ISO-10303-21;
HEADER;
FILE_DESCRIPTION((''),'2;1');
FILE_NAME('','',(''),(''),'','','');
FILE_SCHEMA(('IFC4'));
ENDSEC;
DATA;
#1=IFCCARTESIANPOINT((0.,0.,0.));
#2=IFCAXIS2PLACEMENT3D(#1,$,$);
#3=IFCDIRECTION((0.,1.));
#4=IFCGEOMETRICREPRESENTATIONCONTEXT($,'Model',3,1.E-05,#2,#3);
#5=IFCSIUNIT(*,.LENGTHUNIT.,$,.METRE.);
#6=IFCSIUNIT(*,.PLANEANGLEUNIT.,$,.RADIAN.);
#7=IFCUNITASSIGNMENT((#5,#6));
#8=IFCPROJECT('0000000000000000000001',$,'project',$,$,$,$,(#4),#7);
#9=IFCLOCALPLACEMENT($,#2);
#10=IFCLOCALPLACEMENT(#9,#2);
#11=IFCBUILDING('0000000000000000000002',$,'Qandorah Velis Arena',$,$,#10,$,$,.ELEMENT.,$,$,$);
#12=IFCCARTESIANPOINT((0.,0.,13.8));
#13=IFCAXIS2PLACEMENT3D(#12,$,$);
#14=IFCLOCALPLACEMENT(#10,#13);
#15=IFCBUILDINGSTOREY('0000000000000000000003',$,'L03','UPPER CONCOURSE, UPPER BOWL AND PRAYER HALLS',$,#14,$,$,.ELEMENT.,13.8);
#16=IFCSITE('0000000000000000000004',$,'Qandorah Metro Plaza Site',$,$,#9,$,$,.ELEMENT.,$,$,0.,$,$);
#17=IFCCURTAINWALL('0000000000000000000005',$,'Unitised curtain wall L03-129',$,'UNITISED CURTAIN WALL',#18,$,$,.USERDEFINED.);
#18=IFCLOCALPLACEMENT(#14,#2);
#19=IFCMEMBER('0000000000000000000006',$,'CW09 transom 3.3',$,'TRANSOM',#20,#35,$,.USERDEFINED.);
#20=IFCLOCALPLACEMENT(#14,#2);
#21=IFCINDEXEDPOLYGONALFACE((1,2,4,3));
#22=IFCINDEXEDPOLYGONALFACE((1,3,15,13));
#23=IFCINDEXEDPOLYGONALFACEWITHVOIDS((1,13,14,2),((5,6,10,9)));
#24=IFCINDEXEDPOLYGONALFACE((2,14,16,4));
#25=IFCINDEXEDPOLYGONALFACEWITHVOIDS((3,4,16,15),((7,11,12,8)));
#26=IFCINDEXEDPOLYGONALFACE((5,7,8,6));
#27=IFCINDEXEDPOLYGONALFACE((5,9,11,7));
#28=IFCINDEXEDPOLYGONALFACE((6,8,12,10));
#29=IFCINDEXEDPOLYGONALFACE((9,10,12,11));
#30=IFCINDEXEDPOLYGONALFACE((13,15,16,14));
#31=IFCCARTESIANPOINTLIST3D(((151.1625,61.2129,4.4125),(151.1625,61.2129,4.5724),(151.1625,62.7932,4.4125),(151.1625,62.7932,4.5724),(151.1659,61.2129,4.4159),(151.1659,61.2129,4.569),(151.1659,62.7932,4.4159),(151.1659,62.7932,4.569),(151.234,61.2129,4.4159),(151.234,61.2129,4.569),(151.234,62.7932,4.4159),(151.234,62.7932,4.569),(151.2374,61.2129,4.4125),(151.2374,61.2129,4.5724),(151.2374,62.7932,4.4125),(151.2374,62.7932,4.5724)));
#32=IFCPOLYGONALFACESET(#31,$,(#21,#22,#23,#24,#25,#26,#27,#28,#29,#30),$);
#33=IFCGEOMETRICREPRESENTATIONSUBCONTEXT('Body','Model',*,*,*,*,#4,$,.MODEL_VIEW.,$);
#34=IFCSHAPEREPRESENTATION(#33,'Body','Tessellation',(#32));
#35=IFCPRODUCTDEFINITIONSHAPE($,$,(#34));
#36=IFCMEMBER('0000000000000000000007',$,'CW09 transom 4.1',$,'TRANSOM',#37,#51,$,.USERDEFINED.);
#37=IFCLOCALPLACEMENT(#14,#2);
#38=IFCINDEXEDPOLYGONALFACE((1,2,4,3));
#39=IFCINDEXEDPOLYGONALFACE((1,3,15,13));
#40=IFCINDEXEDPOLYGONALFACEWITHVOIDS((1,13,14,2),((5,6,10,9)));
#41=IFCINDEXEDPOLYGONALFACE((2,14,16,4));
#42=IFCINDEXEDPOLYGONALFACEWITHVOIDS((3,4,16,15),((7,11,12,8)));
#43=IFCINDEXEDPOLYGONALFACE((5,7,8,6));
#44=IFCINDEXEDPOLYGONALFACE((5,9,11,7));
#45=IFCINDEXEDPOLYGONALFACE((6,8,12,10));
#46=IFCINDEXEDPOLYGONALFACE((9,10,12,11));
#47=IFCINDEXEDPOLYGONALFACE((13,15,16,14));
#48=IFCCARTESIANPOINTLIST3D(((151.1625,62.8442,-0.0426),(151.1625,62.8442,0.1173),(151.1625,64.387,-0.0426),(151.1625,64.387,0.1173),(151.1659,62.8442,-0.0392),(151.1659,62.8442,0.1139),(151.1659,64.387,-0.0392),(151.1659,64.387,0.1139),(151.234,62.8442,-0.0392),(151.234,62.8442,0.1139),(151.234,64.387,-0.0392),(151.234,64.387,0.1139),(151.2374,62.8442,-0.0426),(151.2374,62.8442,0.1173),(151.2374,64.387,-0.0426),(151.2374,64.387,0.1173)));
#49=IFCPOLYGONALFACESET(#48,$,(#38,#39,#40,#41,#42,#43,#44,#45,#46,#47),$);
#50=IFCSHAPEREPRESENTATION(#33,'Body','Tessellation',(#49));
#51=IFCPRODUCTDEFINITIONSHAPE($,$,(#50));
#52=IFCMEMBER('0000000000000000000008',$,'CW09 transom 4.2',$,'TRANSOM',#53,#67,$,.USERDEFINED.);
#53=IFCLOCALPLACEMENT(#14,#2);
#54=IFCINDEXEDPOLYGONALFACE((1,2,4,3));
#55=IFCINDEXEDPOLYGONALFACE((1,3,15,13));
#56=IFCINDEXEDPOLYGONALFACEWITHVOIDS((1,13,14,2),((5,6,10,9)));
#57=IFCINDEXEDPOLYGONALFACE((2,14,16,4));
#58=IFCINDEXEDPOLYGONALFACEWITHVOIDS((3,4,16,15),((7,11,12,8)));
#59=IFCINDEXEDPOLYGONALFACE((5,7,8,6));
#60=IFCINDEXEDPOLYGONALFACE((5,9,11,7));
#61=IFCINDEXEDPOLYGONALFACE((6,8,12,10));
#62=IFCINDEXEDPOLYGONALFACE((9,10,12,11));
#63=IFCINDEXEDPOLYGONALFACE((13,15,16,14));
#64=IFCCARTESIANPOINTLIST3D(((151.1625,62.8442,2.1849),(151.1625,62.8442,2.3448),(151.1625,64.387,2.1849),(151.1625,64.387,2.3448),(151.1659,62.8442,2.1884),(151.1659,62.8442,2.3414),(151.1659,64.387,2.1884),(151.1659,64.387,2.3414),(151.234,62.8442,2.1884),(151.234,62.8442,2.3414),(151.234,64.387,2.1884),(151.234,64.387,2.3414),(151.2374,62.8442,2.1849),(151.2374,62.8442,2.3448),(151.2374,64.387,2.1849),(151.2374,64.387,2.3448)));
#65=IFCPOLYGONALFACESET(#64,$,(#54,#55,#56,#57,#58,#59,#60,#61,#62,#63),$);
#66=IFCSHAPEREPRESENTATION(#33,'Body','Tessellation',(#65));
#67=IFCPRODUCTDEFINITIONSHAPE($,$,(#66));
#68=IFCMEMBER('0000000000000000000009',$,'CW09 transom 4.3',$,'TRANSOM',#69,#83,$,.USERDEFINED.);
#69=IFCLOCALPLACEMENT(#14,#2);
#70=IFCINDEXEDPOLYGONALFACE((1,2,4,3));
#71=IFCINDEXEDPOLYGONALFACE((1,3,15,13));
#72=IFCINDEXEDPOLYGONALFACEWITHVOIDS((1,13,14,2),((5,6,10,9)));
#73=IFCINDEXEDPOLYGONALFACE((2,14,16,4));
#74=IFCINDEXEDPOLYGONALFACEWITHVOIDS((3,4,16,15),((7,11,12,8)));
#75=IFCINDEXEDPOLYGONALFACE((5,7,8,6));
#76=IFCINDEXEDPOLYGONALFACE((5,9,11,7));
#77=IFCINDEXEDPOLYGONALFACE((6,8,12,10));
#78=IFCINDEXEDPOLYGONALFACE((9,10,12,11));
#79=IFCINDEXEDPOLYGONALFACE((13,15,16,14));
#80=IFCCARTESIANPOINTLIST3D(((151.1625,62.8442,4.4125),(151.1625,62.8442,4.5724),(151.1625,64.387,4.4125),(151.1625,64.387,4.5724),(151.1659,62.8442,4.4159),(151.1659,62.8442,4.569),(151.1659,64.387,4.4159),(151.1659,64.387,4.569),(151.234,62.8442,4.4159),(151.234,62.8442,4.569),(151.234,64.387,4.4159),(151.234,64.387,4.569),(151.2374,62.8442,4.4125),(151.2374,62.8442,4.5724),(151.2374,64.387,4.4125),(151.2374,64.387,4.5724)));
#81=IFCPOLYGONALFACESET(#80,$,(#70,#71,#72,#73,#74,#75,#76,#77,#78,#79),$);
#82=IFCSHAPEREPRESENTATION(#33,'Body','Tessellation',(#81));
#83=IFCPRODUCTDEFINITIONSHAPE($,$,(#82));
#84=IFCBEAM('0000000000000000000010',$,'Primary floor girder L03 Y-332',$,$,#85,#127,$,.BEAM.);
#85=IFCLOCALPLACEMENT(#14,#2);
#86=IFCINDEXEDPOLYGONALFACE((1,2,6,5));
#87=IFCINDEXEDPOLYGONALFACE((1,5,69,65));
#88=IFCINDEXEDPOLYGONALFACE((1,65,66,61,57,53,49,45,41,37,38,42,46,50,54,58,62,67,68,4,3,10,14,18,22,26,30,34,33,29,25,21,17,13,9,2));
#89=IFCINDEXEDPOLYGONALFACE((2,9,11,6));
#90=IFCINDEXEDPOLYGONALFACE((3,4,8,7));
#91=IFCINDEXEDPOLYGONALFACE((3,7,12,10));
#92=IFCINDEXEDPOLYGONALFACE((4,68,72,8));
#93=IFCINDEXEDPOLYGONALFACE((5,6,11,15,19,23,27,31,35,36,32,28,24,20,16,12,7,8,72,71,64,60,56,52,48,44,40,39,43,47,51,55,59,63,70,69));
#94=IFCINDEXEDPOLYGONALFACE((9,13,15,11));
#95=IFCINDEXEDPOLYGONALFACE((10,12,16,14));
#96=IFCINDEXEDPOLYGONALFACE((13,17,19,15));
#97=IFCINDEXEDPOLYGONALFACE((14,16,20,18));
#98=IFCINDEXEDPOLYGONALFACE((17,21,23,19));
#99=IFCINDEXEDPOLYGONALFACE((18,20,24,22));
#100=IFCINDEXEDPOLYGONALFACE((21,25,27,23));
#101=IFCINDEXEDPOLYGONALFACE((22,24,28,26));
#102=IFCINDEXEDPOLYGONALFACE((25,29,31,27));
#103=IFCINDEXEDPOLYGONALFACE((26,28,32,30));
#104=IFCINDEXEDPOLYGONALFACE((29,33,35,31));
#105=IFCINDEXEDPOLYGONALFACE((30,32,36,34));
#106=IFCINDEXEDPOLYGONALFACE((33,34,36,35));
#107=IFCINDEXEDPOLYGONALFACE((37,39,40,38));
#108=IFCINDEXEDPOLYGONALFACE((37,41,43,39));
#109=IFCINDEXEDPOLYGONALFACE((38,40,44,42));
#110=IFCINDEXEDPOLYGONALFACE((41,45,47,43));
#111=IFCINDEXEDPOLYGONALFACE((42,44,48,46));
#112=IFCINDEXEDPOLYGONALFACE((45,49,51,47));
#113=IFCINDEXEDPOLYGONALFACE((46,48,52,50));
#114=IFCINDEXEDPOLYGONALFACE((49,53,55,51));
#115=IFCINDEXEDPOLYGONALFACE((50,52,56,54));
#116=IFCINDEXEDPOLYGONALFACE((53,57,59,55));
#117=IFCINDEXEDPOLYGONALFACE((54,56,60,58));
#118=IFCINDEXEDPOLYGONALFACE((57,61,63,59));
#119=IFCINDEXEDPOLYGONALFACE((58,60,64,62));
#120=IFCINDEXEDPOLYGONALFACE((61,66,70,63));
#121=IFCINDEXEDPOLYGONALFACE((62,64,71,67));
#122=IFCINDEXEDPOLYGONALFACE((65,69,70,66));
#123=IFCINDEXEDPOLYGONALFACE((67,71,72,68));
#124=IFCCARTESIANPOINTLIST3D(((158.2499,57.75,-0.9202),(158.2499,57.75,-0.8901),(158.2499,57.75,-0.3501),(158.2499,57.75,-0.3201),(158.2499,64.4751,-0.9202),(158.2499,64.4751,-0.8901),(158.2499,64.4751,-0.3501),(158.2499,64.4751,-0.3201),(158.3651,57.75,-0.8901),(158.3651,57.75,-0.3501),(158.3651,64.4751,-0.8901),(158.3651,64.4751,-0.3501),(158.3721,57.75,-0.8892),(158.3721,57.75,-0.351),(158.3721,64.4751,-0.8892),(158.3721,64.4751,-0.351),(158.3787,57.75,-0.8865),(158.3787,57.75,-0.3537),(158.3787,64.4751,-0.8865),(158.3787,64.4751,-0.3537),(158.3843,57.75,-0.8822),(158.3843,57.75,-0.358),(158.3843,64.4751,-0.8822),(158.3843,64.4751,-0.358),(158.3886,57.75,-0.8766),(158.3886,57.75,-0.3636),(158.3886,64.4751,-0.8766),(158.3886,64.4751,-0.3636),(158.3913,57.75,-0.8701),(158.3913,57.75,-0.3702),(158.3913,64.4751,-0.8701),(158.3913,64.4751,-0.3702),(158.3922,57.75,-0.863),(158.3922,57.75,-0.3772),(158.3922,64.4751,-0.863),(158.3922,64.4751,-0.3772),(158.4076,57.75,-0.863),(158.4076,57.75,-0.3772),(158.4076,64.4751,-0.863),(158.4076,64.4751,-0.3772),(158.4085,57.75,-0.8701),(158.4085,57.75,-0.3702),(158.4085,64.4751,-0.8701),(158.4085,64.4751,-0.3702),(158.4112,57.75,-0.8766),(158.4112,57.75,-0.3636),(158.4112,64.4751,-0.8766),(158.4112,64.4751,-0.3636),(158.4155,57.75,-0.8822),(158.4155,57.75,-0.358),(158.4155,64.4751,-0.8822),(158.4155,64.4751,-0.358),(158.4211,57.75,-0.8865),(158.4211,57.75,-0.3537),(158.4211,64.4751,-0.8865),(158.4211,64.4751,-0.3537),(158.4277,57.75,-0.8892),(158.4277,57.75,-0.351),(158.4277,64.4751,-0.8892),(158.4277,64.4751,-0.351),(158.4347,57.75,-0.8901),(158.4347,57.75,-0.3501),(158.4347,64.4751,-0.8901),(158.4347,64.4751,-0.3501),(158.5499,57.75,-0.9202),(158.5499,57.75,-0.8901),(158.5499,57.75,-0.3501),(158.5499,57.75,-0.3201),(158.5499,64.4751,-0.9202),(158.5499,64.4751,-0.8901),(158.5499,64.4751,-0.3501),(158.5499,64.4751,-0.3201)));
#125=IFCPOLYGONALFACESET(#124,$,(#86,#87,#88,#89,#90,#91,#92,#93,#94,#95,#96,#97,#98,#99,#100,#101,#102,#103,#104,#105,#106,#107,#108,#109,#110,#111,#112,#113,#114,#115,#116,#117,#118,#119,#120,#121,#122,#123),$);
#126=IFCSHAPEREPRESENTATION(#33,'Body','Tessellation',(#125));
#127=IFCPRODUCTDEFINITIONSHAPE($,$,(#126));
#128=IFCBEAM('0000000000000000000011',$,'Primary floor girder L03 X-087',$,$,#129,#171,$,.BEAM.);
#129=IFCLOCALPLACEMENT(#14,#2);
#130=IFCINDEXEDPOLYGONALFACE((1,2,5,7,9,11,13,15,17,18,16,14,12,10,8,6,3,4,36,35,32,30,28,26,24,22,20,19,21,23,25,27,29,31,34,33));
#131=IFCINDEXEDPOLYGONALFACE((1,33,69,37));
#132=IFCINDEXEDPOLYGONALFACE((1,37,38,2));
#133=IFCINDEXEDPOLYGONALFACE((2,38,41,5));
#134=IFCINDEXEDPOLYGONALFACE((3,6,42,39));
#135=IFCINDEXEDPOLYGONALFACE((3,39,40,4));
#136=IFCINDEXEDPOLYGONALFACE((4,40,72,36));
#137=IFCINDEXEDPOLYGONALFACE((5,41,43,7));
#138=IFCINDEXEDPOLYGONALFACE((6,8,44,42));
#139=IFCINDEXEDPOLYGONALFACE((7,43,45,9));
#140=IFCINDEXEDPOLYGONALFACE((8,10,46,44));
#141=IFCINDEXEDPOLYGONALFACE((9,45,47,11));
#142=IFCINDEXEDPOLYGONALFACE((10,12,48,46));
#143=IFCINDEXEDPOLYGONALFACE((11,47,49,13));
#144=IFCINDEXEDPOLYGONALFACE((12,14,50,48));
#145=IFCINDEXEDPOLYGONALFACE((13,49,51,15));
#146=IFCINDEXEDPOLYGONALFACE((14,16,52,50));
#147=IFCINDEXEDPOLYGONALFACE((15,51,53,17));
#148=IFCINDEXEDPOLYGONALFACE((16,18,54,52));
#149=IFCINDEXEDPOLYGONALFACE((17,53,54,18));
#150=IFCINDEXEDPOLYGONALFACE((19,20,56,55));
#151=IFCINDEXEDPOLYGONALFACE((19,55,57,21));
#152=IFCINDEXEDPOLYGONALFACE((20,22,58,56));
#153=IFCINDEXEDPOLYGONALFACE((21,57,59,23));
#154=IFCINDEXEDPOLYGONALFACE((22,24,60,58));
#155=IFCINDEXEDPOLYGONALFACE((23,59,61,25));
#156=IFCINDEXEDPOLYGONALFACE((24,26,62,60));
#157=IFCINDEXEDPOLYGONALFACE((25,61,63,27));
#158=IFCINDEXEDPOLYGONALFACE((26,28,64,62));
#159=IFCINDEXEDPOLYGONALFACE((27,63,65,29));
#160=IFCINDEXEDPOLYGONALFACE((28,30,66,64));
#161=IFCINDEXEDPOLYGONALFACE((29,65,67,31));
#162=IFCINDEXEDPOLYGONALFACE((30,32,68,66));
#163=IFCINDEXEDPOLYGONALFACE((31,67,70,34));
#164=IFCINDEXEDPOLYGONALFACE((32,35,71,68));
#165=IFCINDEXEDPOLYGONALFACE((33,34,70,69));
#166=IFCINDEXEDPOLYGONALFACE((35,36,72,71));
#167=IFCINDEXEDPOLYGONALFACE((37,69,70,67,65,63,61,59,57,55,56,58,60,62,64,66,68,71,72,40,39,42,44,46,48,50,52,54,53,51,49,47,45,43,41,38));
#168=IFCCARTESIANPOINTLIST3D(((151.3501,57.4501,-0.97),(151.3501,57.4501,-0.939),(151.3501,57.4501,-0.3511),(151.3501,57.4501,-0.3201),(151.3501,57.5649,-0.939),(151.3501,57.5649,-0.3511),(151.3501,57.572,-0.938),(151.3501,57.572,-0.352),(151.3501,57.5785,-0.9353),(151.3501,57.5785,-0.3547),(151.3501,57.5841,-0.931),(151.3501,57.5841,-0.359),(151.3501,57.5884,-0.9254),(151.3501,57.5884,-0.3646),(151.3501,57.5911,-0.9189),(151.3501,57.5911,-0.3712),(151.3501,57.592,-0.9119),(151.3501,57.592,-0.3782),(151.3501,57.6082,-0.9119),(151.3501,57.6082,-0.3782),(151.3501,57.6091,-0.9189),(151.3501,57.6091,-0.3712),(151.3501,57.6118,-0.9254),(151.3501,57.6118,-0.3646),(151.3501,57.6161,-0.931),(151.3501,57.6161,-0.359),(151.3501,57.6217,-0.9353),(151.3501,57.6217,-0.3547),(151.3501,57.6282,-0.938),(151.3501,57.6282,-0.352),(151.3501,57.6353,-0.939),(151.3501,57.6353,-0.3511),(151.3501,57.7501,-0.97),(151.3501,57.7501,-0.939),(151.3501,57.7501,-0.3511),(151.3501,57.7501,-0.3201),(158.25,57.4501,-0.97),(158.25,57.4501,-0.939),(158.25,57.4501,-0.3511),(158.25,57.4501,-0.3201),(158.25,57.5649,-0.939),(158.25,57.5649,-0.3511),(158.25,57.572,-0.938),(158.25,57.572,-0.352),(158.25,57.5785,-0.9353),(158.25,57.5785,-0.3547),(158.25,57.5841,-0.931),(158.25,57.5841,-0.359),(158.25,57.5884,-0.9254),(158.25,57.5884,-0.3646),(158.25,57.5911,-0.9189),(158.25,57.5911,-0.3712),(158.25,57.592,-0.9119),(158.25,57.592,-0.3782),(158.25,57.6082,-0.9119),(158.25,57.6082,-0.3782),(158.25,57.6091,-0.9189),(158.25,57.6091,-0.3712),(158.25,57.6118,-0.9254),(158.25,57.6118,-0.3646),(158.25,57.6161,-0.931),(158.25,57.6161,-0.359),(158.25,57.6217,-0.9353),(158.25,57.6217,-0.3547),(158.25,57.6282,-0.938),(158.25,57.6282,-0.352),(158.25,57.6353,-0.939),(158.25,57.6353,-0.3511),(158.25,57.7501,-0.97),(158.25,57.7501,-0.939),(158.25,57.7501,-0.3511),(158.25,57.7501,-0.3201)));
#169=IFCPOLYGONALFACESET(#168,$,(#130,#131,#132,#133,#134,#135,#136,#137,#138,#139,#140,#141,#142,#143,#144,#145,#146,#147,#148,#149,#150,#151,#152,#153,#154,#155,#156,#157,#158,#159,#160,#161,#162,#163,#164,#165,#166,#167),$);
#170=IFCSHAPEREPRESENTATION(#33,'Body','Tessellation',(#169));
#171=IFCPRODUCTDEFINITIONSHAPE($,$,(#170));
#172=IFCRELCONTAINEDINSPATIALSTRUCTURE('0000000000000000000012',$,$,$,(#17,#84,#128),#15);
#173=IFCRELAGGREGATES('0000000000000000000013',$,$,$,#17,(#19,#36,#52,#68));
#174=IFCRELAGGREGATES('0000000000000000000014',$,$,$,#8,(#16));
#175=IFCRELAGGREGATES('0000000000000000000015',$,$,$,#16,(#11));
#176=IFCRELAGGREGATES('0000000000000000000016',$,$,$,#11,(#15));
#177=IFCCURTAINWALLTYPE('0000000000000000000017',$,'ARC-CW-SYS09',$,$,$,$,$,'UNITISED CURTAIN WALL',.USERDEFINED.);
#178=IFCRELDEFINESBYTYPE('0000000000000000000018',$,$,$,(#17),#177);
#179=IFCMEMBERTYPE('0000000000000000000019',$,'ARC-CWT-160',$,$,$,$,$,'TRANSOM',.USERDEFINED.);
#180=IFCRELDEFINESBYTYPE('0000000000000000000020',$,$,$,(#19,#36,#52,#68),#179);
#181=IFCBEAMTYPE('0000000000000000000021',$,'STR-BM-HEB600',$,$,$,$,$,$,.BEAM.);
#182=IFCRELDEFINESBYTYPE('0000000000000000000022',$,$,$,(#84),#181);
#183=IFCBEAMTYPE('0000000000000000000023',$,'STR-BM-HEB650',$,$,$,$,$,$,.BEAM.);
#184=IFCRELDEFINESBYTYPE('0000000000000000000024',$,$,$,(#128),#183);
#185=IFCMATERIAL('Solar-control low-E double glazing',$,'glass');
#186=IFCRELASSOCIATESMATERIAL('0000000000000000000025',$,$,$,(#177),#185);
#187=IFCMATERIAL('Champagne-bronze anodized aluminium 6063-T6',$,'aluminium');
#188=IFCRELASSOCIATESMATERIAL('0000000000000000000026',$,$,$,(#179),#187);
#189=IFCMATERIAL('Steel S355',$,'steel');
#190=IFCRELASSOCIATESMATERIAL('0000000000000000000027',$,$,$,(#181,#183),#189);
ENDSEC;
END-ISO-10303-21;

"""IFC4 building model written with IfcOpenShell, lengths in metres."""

from ifc_helpers import new_model, si_unit, direction, frame, origin, origin_2d, place, context, subcontext, project, spatial, hollow_rectangle, i_section, extrude, material, material_profile, profile_set, type_object, element, aggregate, save


model = new_model("IFC4")

# Units and contexts
model_context = context("Model", 3, precision=1e-05, world=origin(), true_north=direction((0.0, 1.0)))
body_context = subcontext(model_context, "Body", "Model", "MODEL_VIEW")
ifc_project = project(units=[si_unit("LENGTHUNIT", "METRE"), si_unit("PLANEANGLEUNIT", "RADIAN")], contexts=[model_context])

# Site, building, storey
site_placement = place(None, origin())
site = spatial("IfcSite", under=ifc_project, at=site_placement, Name="Qandorah Metro Plaza Site", CompositionType="ELEMENT", RefElevation=0.0)
building_placement = place(site_placement, origin())
building = spatial("IfcBuilding", under=site, at=building_placement, Name="Qandorah Velis Arena", CompositionType="ELEMENT")
storey_placement = place(building_placement, frame((0.0, 0.0, 13.8)))
storey = spatial("IfcBuildingStorey", under=building, at=storey_placement, Name="L03", Description="UPPER CONCOURSE, UPPER BOWL AND PRAYER HALLS", CompositionType="ELEMENT", Elevation=13.8)

# Curtain wall, members
ifc_material_1 = material(Name="Solar-control low-E double glazing", Category="glass")
curtain_wall_type = type_object("IfcCurtainWallType", Name="ARC-CW-SYS09", ElementType="UNITISED CURTAIN WALL", PredefinedType="USERDEFINED", material=ifc_material_1)
curtain_wall_placement = place(storey_placement, origin())
curtain_wall = element("IfcCurtainWall", 1, at=curtain_wall_placement, inside=storey, type_object=curtain_wall_type, Name="Unitised curtain wall L03-129", ObjectType="UNITISED CURTAIN WALL", PredefinedType="USERDEFINED")
ifc_material_2 = material(Name="Champagne-bronze anodized aluminium 6063-T6", Category="aluminium")
ifc_material_profile_1 = material_profile(ifc_material_2, hollow_rectangle(XDim=0.075, YDim=0.1599, WallThickness=0.0034, at=origin_2d()), Name="ALU TRANSOM 75x160")
ifc_profile_set_1 = profile_set([ifc_material_profile_1], Name="Champagne-bronze anodized aluminium 6063-T6")
member_type_1 = type_object("IfcMemberType", Name="ARC-CWT-160", ElementType="TRANSOM", PredefinedType="USERDEFINED", material=ifc_profile_set_1)
member_1_placement = place(storey_placement, frame((151.2, 61.2129, 4.4924), z_axis=(0.0, 1.0, 0.0), x_axis=(-1.0, 0.0, 0.0)))
member_1 = element("IfcMember", 2, at=member_1_placement, type_object=member_type_1, Name="CW09 transom 3.3", ObjectType="TRANSOM", PredefinedType="USERDEFINED", context=body_context, shape_type="SweptSolid", body=[
    extrude(hollow_rectangle(XDim=0.075, YDim=0.1599, WallThickness=0.0034, at=origin_2d()), origin(), (0.0, 0.0, 1.0), 1.5803),
])
member_2_placement = place(storey_placement, frame((151.2, 62.8442, 0.0374), z_axis=(0.0, 1.0, 0.0), x_axis=(-1.0, 0.0, 0.0)))
member_2 = element("IfcMember", 3, at=member_2_placement, type_object=member_type_1, Name="CW09 transom 4.1", ObjectType="TRANSOM", PredefinedType="USERDEFINED", context=body_context, shape_type="SweptSolid", body=[
    extrude(hollow_rectangle(XDim=0.075, YDim=0.1599, WallThickness=0.0034, at=origin_2d()), origin(), (0.0, 0.0, 1.0), 1.5427),
])
member_3_placement = place(storey_placement, frame((151.2, 62.8442, 2.2649), z_axis=(0.0, 1.0, 0.0), x_axis=(-1.0, 0.0, 0.0)))
member_3 = element("IfcMember", 4, at=member_3_placement, type_object=member_type_1, Name="CW09 transom 4.2", ObjectType="TRANSOM", PredefinedType="USERDEFINED", context=body_context, shape_type="SweptSolid", body=[
    extrude(hollow_rectangle(XDim=0.075, YDim=0.1599, WallThickness=0.0034, at=origin_2d()), origin(), (0.0, 0.0, 1.0), 1.5427),
])
member_4_placement = place(storey_placement, frame((151.2, 62.8442, 4.4924), z_axis=(0.0, 1.0, 0.0), x_axis=(-1.0, 0.0, 0.0)))
member_4 = element("IfcMember", 5, at=member_4_placement, type_object=member_type_1, Name="CW09 transom 4.3", ObjectType="TRANSOM", PredefinedType="USERDEFINED", context=body_context, shape_type="SweptSolid", body=[
    extrude(hollow_rectangle(XDim=0.075, YDim=0.1599, WallThickness=0.0034, at=origin_2d()), origin(), (0.0, 0.0, 1.0), 1.5427),
])

# Beams
ifc_material_3 = material(Name="Steel S355", Category="steel")
ifc_material_profile_2 = material_profile(ifc_material_3, i_section(OverallWidth=0.3, OverallDepth=0.6001, WebThickness=0.0154, FlangeThickness=0.03, FilletRadius=0.0271, at=origin_2d()), Name="HEB 600")
ifc_profile_set_2 = profile_set([ifc_material_profile_2], Name="Steel S355")
beam_type_1 = type_object("IfcBeamType", Name="STR-BM-HEB600", PredefinedType="BEAM", material=ifc_profile_set_2)
beam_1_placement = place(storey_placement, frame((158.3999, 57.75, -0.6201), z_axis=(0.0, 1.0, 0.0), x_axis=(-1.0, 0.0, 0.0)))
element("IfcBeam", 6, at=beam_1_placement, inside=storey, type_object=beam_type_1, Name="Primary floor girder L03 Y-332", PredefinedType="BEAM", context=body_context, shape_type="SweptSolid", body=[
    extrude(i_section(OverallWidth=0.3, OverallDepth=0.6001, WebThickness=0.0154, FlangeThickness=0.03, FilletRadius=0.0271, at=origin_2d()), origin(), (0.0, 0.0, 1.0), 6.7251),
])
ifc_material_profile_3 = material_profile(ifc_material_3, i_section(OverallWidth=0.3, OverallDepth=0.6499, WebThickness=0.0161, FlangeThickness=0.031, FilletRadius=0.0271, at=origin_2d()), Name="HEB 650")
ifc_profile_set_3 = profile_set([ifc_material_profile_3], Name="Steel S355")
beam_type_2 = type_object("IfcBeamType", Name="STR-BM-HEB650", PredefinedType="BEAM", material=ifc_profile_set_3)
for number, where, z_axis, x_axis, name in (
    (7, (151.3501, 57.6001, -0.645), (1.0, 0.0, 0.0), (0.0, 1.0, 0.0), "Primary floor girder L03 X-087"),
):
    element("IfcBeam", number, at=place(storey_placement, frame(where, z_axis=z_axis, x_axis=x_axis)), inside=storey, type_object=beam_type_2, Name=name, PredefinedType="BEAM", context=body_context, shape_type="SweptSolid", body=[
        extrude(i_section(OverallWidth=0.3, OverallDepth=0.6499, WebThickness=0.0161, FlangeThickness=0.031, FilletRadius=0.0271, at=origin_2d()), origin(), (0.0, 0.0, 1.0), 6.8999),
    ])

aggregate(curtain_wall, [member_1, member_2, member_3, member_4])

save(model, "model.ifc")
